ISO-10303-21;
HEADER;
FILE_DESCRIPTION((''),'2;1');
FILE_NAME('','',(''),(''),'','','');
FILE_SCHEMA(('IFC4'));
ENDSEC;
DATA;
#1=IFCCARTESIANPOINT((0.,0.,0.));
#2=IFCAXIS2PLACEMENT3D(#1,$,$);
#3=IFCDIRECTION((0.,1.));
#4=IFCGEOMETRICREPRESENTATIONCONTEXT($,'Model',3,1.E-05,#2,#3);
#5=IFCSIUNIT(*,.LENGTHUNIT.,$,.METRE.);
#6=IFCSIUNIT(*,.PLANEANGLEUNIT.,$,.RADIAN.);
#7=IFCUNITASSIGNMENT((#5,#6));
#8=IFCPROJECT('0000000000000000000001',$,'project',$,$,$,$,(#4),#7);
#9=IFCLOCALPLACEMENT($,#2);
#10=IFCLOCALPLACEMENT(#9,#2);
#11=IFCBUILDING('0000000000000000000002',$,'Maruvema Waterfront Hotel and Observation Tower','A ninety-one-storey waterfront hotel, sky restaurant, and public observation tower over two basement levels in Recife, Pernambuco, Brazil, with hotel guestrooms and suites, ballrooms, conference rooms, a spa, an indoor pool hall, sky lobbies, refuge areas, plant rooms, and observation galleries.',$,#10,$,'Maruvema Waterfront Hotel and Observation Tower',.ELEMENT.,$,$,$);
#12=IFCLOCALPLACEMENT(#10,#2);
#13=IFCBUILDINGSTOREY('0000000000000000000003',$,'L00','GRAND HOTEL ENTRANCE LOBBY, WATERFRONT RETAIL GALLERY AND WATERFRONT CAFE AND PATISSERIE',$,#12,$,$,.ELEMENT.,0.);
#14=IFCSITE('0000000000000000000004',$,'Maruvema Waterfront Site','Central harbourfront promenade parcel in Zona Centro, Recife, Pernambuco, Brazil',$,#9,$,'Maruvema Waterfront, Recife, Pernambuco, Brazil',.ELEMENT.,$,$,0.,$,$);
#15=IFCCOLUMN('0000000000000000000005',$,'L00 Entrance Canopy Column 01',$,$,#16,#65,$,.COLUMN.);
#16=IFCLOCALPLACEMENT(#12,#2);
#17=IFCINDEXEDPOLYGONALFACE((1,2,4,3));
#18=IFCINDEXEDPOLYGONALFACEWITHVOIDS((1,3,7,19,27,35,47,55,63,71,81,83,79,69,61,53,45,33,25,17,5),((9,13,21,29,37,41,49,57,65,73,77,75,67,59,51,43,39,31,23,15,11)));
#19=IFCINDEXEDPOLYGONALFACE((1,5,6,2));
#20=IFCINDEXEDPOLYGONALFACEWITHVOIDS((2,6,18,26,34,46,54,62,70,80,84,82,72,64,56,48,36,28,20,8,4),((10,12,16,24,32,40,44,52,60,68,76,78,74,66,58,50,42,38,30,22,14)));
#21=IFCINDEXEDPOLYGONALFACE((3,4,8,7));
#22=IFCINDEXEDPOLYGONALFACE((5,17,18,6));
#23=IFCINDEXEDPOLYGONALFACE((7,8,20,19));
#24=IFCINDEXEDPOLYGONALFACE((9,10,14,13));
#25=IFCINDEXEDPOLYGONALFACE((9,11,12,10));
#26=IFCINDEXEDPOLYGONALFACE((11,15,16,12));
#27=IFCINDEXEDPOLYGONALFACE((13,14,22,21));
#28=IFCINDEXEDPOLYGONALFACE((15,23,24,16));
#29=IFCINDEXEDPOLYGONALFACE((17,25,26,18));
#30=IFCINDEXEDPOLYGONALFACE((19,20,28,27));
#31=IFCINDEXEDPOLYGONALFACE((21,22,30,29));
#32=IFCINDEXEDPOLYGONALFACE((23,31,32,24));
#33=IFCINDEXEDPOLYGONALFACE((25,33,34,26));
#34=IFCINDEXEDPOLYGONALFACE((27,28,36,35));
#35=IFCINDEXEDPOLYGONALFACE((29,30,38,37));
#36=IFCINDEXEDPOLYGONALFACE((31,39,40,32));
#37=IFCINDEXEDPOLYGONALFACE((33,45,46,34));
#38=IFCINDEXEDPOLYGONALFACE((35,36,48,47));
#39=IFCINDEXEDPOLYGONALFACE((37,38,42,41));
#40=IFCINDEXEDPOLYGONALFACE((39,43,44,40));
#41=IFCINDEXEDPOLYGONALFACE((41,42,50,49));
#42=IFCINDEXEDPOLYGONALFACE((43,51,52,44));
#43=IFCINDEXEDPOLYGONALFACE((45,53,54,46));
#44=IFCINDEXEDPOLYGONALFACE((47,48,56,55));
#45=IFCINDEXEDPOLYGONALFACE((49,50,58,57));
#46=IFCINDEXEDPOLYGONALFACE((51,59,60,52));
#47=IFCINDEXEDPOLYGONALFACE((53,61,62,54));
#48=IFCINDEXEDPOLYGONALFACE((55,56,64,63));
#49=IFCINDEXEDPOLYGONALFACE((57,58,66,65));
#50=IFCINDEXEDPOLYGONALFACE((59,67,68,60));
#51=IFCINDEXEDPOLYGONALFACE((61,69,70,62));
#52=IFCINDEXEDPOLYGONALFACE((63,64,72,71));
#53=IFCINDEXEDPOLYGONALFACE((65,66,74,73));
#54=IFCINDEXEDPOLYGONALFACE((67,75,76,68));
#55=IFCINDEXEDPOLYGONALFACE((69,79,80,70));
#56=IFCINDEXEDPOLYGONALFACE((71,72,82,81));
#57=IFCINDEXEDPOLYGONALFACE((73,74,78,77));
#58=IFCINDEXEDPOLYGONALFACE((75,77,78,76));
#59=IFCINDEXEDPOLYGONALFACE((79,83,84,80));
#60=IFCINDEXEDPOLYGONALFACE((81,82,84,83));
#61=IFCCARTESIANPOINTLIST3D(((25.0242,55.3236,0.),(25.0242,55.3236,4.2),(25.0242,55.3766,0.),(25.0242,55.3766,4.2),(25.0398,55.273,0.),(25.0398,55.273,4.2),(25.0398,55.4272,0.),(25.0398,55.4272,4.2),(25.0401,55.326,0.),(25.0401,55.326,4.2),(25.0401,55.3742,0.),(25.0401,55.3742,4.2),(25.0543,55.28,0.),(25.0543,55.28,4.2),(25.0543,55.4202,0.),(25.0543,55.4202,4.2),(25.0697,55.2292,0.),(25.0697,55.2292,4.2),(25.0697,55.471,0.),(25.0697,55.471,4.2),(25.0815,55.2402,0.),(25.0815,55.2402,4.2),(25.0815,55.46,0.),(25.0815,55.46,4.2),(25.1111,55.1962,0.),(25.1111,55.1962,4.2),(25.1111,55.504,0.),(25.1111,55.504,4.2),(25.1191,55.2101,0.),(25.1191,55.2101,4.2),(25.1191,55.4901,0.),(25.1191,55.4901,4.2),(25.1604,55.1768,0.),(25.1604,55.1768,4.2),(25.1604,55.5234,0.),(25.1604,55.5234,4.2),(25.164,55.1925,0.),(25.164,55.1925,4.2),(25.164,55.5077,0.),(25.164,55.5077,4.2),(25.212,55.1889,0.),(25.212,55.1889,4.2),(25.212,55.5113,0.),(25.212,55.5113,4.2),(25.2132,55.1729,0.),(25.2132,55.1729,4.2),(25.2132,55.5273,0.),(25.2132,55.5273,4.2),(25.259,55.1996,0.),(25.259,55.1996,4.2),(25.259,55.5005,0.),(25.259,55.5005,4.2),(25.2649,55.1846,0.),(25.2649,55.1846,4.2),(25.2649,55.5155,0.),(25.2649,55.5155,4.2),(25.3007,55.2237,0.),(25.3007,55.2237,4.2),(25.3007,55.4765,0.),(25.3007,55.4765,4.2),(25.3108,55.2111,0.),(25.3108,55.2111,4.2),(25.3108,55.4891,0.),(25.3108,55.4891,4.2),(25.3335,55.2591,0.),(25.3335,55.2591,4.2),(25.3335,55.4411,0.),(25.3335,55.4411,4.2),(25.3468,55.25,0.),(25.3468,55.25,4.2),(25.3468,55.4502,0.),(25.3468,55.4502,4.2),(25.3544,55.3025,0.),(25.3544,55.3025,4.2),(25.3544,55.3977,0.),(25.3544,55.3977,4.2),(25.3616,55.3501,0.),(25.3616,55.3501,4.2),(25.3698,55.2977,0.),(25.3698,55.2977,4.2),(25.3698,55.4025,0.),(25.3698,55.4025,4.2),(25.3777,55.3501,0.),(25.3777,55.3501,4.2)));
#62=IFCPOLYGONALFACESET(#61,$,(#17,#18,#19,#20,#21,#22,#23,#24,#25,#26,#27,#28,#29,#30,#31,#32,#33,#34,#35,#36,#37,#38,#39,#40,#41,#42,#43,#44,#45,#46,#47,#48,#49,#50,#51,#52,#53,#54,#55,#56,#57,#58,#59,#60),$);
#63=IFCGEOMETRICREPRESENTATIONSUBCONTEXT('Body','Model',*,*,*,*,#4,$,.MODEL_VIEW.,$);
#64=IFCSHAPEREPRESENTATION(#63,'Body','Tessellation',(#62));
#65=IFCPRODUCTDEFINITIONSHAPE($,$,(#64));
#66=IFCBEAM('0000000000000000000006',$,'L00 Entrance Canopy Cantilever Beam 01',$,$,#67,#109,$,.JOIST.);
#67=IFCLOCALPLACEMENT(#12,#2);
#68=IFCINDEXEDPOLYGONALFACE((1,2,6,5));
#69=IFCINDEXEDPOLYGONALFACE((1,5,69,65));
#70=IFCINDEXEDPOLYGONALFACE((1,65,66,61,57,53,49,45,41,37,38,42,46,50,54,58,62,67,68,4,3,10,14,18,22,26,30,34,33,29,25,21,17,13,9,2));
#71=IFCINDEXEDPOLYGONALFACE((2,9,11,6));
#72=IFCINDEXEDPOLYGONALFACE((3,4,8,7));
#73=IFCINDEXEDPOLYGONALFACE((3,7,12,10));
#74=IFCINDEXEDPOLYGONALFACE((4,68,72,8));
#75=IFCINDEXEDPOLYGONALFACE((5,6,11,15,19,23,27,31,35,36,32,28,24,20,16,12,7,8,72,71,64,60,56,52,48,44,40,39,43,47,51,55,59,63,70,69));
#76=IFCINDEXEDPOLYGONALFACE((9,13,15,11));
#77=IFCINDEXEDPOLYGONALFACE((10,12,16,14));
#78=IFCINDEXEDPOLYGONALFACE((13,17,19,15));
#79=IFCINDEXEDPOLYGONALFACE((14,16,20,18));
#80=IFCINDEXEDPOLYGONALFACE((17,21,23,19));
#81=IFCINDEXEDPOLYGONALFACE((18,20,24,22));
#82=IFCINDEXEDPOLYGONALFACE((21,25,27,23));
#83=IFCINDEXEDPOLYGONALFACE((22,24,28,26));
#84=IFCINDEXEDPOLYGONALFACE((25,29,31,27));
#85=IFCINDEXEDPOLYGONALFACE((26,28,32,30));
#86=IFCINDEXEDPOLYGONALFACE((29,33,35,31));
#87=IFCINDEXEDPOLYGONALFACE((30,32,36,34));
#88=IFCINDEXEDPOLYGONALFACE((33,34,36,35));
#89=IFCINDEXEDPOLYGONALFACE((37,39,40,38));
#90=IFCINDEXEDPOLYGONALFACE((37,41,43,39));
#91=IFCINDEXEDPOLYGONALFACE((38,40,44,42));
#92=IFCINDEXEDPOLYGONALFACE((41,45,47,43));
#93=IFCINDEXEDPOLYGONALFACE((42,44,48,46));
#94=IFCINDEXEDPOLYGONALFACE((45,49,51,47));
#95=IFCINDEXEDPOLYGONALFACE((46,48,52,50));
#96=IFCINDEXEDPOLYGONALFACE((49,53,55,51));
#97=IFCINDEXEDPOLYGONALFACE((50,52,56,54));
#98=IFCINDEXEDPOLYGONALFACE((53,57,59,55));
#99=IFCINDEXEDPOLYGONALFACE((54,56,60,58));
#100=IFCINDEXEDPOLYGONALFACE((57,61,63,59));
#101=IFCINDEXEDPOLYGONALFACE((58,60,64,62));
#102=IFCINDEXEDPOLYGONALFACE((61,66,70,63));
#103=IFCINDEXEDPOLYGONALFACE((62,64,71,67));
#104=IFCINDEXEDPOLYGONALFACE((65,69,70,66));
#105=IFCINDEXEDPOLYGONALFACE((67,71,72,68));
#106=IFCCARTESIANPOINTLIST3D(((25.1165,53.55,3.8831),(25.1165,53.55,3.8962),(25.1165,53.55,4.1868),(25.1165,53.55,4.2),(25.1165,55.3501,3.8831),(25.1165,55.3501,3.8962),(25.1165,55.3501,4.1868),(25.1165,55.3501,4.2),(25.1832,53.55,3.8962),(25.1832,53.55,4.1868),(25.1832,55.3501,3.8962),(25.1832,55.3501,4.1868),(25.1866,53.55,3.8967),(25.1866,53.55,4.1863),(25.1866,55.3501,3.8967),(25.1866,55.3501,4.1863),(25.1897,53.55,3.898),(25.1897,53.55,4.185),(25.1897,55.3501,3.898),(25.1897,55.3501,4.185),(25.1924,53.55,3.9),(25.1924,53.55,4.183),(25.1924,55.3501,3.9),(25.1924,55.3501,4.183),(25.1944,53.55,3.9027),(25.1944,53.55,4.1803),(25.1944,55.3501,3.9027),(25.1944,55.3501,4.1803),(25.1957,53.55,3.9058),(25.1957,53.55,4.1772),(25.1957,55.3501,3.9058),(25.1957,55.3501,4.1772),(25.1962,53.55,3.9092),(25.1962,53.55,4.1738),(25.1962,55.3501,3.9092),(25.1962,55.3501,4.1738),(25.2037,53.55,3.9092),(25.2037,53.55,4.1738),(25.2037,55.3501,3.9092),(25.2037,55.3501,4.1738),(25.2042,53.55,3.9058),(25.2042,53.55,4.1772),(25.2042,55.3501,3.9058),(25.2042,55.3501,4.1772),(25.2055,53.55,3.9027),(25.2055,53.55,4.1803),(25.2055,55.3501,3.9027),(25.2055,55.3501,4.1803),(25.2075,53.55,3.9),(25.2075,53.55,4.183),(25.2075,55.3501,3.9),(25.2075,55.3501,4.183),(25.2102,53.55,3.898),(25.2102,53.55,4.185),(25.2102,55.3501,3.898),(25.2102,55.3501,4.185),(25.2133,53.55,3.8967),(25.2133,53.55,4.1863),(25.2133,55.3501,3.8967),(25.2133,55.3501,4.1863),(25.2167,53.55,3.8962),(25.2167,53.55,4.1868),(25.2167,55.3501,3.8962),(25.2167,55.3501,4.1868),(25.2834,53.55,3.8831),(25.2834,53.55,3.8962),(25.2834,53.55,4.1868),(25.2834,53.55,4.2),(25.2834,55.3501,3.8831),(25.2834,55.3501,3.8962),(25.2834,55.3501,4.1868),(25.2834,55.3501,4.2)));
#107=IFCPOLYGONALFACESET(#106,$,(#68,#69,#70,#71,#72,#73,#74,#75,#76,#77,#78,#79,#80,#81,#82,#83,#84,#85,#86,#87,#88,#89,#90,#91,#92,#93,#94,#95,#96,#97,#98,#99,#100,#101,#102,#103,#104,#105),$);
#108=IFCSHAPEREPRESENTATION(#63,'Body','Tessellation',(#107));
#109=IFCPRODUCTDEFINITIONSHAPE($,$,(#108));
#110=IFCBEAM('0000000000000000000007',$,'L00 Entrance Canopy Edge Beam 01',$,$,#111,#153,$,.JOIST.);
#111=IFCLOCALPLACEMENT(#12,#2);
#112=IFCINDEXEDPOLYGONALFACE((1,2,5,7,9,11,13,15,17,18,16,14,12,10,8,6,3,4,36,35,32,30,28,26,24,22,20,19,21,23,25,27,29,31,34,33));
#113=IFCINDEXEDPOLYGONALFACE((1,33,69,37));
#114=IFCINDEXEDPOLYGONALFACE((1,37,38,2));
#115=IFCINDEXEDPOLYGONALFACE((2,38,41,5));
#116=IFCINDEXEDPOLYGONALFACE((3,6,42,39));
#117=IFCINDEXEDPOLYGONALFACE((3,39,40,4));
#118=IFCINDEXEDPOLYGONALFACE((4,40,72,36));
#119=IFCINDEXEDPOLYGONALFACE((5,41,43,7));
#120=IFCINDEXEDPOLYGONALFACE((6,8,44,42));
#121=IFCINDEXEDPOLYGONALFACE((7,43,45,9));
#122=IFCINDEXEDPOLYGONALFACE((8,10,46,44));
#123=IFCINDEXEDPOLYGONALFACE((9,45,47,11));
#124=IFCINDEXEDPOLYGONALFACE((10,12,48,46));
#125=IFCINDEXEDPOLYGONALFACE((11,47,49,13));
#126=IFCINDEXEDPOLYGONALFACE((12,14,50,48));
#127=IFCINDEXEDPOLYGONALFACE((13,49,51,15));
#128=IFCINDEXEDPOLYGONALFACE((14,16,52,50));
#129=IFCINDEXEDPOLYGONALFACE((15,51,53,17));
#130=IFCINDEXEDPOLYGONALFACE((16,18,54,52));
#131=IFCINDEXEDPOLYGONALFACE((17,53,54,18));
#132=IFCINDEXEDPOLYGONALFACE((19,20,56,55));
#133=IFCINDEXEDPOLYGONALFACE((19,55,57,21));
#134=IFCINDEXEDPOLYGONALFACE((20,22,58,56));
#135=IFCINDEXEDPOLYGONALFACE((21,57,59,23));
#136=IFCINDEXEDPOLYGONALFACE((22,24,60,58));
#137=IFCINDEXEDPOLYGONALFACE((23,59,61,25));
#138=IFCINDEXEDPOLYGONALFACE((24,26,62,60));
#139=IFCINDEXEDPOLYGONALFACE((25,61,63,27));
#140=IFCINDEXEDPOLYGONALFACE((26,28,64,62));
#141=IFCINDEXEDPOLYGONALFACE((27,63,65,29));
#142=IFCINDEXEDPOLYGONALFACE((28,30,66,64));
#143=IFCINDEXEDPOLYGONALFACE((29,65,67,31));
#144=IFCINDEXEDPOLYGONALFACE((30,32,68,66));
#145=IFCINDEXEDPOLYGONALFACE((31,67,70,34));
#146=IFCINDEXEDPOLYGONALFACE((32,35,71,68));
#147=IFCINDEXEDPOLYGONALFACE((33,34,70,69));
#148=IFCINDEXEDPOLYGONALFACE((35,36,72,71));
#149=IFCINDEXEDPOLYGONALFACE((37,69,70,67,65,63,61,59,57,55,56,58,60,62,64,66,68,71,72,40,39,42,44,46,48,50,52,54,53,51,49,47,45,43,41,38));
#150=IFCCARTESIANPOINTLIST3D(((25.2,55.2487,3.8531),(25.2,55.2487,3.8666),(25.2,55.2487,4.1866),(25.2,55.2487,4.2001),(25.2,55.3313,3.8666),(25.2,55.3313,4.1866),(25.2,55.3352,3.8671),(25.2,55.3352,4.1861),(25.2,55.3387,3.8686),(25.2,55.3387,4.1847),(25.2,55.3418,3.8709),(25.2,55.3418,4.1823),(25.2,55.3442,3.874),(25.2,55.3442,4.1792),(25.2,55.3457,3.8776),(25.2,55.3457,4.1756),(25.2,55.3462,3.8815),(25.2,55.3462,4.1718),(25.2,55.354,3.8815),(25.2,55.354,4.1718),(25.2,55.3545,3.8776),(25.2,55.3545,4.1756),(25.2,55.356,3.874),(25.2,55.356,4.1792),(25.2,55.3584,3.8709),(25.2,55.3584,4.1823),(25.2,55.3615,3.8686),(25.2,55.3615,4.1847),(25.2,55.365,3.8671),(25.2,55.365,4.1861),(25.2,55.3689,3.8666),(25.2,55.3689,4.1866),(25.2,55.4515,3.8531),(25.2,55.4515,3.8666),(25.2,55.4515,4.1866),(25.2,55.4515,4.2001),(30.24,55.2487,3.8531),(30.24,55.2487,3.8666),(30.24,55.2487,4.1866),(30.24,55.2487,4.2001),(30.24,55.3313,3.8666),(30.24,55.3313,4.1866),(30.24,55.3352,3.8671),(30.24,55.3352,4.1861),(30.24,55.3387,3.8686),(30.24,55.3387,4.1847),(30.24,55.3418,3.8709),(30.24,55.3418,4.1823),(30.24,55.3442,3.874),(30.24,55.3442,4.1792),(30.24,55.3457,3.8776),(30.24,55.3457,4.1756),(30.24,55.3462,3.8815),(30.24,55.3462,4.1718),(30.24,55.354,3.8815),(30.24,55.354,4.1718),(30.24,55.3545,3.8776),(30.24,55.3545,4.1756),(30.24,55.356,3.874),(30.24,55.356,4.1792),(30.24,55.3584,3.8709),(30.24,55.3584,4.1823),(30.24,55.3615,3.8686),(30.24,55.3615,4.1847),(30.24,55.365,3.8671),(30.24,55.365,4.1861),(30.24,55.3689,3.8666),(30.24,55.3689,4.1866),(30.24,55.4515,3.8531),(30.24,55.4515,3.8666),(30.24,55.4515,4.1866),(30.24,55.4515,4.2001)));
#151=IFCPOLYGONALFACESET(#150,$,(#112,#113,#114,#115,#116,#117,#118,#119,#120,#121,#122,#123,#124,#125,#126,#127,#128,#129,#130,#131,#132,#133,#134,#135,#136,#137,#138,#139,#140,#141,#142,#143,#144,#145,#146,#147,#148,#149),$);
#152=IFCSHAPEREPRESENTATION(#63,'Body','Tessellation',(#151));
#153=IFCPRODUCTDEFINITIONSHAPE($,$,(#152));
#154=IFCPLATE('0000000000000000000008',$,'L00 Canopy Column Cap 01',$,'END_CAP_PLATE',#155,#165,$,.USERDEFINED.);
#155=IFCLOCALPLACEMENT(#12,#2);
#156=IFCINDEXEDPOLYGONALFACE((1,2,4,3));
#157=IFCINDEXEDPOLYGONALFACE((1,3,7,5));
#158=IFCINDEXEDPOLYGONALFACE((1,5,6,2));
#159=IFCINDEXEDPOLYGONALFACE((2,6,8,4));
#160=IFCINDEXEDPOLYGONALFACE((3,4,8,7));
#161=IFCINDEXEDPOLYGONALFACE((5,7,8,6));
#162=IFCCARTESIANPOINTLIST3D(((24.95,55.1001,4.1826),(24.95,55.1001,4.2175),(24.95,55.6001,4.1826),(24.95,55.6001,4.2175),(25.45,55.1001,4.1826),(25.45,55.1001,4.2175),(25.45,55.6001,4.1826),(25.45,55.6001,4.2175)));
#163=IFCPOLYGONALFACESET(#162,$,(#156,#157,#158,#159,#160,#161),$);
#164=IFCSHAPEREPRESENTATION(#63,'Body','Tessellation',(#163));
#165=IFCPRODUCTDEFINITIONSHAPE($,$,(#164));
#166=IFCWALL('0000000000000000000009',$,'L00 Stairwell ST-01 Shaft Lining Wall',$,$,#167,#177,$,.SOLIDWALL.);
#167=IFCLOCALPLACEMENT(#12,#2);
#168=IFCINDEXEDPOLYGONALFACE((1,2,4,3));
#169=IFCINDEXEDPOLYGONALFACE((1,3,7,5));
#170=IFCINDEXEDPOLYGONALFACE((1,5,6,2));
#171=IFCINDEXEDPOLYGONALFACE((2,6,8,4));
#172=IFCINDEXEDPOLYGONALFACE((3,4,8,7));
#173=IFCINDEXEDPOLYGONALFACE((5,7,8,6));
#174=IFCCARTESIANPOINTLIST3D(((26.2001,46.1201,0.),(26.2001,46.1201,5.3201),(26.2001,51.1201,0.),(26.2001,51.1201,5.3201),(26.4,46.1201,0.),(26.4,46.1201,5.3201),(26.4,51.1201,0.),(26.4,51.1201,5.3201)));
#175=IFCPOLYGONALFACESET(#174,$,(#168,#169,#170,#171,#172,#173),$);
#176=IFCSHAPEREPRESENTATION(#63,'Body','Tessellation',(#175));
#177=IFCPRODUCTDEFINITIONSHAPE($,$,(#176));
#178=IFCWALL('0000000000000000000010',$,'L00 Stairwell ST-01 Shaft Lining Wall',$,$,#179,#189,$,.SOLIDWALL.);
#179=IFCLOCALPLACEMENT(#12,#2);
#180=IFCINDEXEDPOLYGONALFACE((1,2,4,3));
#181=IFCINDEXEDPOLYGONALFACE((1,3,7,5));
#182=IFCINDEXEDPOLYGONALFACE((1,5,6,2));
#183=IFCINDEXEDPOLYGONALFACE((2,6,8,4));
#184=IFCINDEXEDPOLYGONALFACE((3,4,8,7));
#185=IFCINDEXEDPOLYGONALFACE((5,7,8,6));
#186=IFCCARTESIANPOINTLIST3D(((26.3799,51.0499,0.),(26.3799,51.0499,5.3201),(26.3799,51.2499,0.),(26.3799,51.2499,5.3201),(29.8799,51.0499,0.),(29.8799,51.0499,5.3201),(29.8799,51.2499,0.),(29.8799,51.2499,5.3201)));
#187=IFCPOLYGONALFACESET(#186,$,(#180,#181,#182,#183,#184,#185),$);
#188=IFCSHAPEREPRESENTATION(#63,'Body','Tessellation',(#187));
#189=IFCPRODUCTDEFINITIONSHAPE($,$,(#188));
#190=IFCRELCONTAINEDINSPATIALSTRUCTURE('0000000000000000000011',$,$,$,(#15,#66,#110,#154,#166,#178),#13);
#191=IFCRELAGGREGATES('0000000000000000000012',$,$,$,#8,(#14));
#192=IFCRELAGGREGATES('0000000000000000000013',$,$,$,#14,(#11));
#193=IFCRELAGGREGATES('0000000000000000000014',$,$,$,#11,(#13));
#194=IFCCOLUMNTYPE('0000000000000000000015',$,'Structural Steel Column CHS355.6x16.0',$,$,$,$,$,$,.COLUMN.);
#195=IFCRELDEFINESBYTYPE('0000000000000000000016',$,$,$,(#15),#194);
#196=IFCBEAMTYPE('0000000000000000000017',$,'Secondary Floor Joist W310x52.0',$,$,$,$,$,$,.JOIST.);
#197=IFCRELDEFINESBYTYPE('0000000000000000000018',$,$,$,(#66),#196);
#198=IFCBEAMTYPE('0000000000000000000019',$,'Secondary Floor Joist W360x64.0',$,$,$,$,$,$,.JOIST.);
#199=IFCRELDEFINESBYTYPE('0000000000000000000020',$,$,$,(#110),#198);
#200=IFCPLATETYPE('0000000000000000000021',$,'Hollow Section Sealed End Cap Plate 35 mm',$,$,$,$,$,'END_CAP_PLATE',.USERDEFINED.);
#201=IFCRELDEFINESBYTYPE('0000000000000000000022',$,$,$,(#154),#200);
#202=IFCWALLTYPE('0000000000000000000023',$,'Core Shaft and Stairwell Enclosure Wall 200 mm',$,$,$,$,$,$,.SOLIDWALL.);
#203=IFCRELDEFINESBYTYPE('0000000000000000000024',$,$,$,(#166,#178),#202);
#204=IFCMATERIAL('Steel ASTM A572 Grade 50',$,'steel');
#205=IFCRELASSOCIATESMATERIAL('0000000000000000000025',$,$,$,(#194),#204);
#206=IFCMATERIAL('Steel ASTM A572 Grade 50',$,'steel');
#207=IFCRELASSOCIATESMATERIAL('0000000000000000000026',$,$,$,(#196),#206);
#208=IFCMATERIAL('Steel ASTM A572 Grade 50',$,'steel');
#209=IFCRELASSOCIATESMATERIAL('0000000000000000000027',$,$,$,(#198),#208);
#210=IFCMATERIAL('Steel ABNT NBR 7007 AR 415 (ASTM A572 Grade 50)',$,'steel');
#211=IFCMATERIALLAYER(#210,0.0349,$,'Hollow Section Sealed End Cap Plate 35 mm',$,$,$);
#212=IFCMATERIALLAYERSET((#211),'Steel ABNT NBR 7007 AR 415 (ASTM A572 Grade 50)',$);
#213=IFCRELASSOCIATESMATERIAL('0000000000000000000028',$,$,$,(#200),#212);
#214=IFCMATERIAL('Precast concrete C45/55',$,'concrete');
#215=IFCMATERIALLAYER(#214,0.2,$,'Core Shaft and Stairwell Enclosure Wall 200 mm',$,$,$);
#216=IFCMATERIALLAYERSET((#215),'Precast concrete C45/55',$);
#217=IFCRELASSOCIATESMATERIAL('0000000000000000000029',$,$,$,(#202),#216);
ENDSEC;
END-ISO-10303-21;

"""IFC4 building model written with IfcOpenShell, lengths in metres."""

from ifc_helpers import new_model, si_unit, direction, frame, frame_2d, origin, origin_2d, place, context, subcontext, project, spatial, rectangle, hollow_circle, i_section, extrude, material, layer, layer_set, material_profile, profile_set, type_object, element, save


model = new_model("IFC4")

# Units and contexts
model_context = context("Model", 3, precision=1e-05, world=origin(), true_north=direction((0.0, 1.0)))
body_context = subcontext(model_context, "Body", "Model", "MODEL_VIEW")
ifc_project = project(units=[si_unit("LENGTHUNIT", "METRE"), si_unit("PLANEANGLEUNIT", "RADIAN")], contexts=[model_context])

# Site, building, storey
site_placement = place(None, origin())
site = spatial("IfcSite", under=ifc_project, at=site_placement, Name="Maruvema Waterfront Site", Description="Central harbourfront promenade parcel in Zona Centro, Recife, Pernambuco, Brazil", LongName="Maruvema Waterfront, Recife, Pernambuco, Brazil", CompositionType="ELEMENT", RefElevation=0.0)
building_placement = place(site_placement, origin())
building = spatial("IfcBuilding", under=site, at=building_placement, Name="Maruvema Waterfront Hotel and Observation Tower", Description="A ninety-one-storey waterfront hotel, sky restaurant, and public observation tower over two basement levels in Recife, Pernambuco, Brazil, with hotel guestrooms and suites, ballrooms, conference rooms, a spa, an indoor pool hall, sky lobbies, refuge areas, plant rooms, and observation galleries.", LongName="Maruvema Waterfront Hotel and Observation Tower", CompositionType="ELEMENT")
storey_placement = place(building_placement, origin())
storey = spatial("IfcBuildingStorey", under=building, at=storey_placement, Name="L00", Description="GRAND HOTEL ENTRANCE LOBBY, WATERFRONT RETAIL GALLERY AND WATERFRONT CAFE AND PATISSERIE", CompositionType="ELEMENT", Elevation=0.0)

# Column
ifc_material_1 = material(Name="Steel ASTM A572 Grade 50", Category="steel")
ifc_material_profile_1 = material_profile(ifc_material_1, hollow_circle(Radius=0.1777, WallThickness=0.0161, at=origin_2d()), Name="CHS355.6x16.0")
ifc_profile_set_1 = profile_set([ifc_material_profile_1], Name="Steel ASTM A572 Grade 50")
column_type = type_object("IfcColumnType", Name="Structural Steel Column CHS355.6x16.0", PredefinedType="COLUMN", material=ifc_profile_set_1)
column_placement = place(storey_placement, frame((25.2, 55.3501, 0.0), z_axis=(0.0, 0.0, 1.0), x_axis=(1.0, 0.0, 0.0)))
element("IfcColumn", 1, at=column_placement, inside=storey, type_object=column_type, Name="L00 Entrance Canopy Column 01", PredefinedType="COLUMN", context=body_context, shape_type="SweptSolid", body=[
    extrude(hollow_circle(Radius=0.1777, WallThickness=0.0161, at=origin_2d()), origin(), (0.0, 0.0, 1.0), 4.2),
])

# Beams
ifc_material_2 = material(Name="Steel ASTM A572 Grade 50", Category="steel")
ifc_material_profile_2 = material_profile(ifc_material_2, i_section(OverallWidth=0.167, OverallDepth=0.3169, WebThickness=0.0076, FlangeThickness=0.0132, FilletRadius=0.0129, at=origin_2d()), Name="W310x52.0")
ifc_profile_set_2 = profile_set([ifc_material_profile_2], Name="Steel ASTM A572 Grade 50")
beam_type_1 = type_object("IfcBeamType", Name="Secondary Floor Joist W310x52.0", PredefinedType="JOIST", material=ifc_profile_set_2)
beam_1_placement = place(storey_placement, frame((25.2, 53.55, 4.0415), z_axis=(0.0, 1.0, 0.0), x_axis=(-1.0, 0.0, 0.0)))
element("IfcBeam", 2, at=beam_1_placement, inside=storey, type_object=beam_type_1, Name="L00 Entrance Canopy Cantilever Beam 01", PredefinedType="JOIST", context=body_context, shape_type="SweptSolid", body=[
    extrude(i_section(OverallWidth=0.167, OverallDepth=0.3169, WebThickness=0.0076, FlangeThickness=0.0132, FilletRadius=0.0129, at=origin_2d()), origin(), (0.0, 0.0, 1.0), 1.8),
])
ifc_material_3 = material(Name="Steel ASTM A572 Grade 50", Category="steel")
ifc_material_profile_3 = material_profile(ifc_material_3, i_section(OverallWidth=0.2029, OverallDepth=0.3469, WebThickness=0.0078, FlangeThickness=0.0134, FilletRadius=0.0149, at=origin_2d()), Name="W360x64.0")
ifc_profile_set_3 = profile_set([ifc_material_profile_3], Name="Steel ASTM A572 Grade 50")
beam_type_2 = type_object("IfcBeamType", Name="Secondary Floor Joist W360x64.0", PredefinedType="JOIST", material=ifc_profile_set_3)
beam_2_placement = place(storey_placement, frame((25.2, 55.3501, 4.0266), z_axis=(1.0, 0.0, 0.0), x_axis=(0.0, 1.0, 0.0)))
element("IfcBeam", 3, at=beam_2_placement, inside=storey, type_object=beam_type_2, Name="L00 Entrance Canopy Edge Beam 01", PredefinedType="JOIST", context=body_context, shape_type="SweptSolid", body=[
    extrude(i_section(OverallWidth=0.2029, OverallDepth=0.3469, WebThickness=0.0078, FlangeThickness=0.0134, FilletRadius=0.0149, at=origin_2d()), origin(), (0.0, 0.0, 1.0), 5.04),
])

# Plate
ifc_material_4 = material(Name="Steel ABNT NBR 7007 AR 415 (ASTM A572 Grade 50)", Category="steel")
ifc_layer_1 = layer(ifc_material_4, 0.0349, Name="Hollow Section Sealed End Cap Plate 35 mm")
ifc_layer_set_1 = layer_set([ifc_layer_1], Name="Steel ABNT NBR 7007 AR 415 (ASTM A572 Grade 50)")
plate_type = type_object("IfcPlateType", Name="Hollow Section Sealed End Cap Plate 35 mm", ElementType="END_CAP_PLATE", PredefinedType="USERDEFINED", material=ifc_layer_set_1)
plate_placement = place(storey_placement, frame((25.2, 55.3501, 4.1826), z_axis=(0.0, 0.0, 1.0), x_axis=(1.0, 0.0, 0.0)))
element("IfcPlate", 4, at=plate_placement, inside=storey, type_object=plate_type, Name="L00 Canopy Column Cap 01", ObjectType="END_CAP_PLATE", PredefinedType="USERDEFINED", context=body_context, shape_type="SweptSolid", body=[
    extrude(rectangle(XDim=0.5, YDim=0.5, at=origin_2d()), origin(), (0.0, 0.0, 1.0), 0.0349),
])

# Walls
ifc_material_5 = material(Name="Precast concrete C45/55", Category="concrete")
ifc_layer_2 = layer(ifc_material_5, 0.2, Name="Core Shaft and Stairwell Enclosure Wall 200 mm")
ifc_layer_set_2 = layer_set([ifc_layer_2], Name="Precast concrete C45/55")
wall_type_1 = type_object("IfcWallType", Name="Core Shaft and Stairwell Enclosure Wall 200 mm", PredefinedType="SOLIDWALL", material=ifc_layer_set_2)
wall_1_placement = place(storey_placement, frame((26.3, 46.1201, 0.0), z_axis=(0.0, 0.0, 1.0), x_axis=(0.0, 1.0, 0.0)))
element("IfcWall", 5, at=wall_1_placement, inside=storey, type_object=wall_type_1, Name="L00 Stairwell ST-01 Shaft Lining Wall", PredefinedType="SOLIDWALL", context=body_context, shape_type="SweptSolid", body=[
    extrude(rectangle(XDim=5.0, YDim=0.2, at=frame_2d((2.5, 0.0))), origin(), (0.0, 0.0, 1.0), 5.3201),
])
wall_2_placement = place(storey_placement, frame((26.3799, 51.1499, 0.0), z_axis=(0.0, 0.0, 1.0), x_axis=(1.0, 0.0, 0.0)))
element("IfcWall", 6, at=wall_2_placement, inside=storey, type_object=wall_type_1, Name="L00 Stairwell ST-01 Shaft Lining Wall", PredefinedType="SOLIDWALL", context=body_context, shape_type="SweptSolid", body=[
    extrude(rectangle(XDim=3.5, YDim=0.2, at=frame_2d((1.75, 0.0))), origin(), (0.0, 0.0, 1.0), 5.3201),
])

save(model, "model.ifc")
